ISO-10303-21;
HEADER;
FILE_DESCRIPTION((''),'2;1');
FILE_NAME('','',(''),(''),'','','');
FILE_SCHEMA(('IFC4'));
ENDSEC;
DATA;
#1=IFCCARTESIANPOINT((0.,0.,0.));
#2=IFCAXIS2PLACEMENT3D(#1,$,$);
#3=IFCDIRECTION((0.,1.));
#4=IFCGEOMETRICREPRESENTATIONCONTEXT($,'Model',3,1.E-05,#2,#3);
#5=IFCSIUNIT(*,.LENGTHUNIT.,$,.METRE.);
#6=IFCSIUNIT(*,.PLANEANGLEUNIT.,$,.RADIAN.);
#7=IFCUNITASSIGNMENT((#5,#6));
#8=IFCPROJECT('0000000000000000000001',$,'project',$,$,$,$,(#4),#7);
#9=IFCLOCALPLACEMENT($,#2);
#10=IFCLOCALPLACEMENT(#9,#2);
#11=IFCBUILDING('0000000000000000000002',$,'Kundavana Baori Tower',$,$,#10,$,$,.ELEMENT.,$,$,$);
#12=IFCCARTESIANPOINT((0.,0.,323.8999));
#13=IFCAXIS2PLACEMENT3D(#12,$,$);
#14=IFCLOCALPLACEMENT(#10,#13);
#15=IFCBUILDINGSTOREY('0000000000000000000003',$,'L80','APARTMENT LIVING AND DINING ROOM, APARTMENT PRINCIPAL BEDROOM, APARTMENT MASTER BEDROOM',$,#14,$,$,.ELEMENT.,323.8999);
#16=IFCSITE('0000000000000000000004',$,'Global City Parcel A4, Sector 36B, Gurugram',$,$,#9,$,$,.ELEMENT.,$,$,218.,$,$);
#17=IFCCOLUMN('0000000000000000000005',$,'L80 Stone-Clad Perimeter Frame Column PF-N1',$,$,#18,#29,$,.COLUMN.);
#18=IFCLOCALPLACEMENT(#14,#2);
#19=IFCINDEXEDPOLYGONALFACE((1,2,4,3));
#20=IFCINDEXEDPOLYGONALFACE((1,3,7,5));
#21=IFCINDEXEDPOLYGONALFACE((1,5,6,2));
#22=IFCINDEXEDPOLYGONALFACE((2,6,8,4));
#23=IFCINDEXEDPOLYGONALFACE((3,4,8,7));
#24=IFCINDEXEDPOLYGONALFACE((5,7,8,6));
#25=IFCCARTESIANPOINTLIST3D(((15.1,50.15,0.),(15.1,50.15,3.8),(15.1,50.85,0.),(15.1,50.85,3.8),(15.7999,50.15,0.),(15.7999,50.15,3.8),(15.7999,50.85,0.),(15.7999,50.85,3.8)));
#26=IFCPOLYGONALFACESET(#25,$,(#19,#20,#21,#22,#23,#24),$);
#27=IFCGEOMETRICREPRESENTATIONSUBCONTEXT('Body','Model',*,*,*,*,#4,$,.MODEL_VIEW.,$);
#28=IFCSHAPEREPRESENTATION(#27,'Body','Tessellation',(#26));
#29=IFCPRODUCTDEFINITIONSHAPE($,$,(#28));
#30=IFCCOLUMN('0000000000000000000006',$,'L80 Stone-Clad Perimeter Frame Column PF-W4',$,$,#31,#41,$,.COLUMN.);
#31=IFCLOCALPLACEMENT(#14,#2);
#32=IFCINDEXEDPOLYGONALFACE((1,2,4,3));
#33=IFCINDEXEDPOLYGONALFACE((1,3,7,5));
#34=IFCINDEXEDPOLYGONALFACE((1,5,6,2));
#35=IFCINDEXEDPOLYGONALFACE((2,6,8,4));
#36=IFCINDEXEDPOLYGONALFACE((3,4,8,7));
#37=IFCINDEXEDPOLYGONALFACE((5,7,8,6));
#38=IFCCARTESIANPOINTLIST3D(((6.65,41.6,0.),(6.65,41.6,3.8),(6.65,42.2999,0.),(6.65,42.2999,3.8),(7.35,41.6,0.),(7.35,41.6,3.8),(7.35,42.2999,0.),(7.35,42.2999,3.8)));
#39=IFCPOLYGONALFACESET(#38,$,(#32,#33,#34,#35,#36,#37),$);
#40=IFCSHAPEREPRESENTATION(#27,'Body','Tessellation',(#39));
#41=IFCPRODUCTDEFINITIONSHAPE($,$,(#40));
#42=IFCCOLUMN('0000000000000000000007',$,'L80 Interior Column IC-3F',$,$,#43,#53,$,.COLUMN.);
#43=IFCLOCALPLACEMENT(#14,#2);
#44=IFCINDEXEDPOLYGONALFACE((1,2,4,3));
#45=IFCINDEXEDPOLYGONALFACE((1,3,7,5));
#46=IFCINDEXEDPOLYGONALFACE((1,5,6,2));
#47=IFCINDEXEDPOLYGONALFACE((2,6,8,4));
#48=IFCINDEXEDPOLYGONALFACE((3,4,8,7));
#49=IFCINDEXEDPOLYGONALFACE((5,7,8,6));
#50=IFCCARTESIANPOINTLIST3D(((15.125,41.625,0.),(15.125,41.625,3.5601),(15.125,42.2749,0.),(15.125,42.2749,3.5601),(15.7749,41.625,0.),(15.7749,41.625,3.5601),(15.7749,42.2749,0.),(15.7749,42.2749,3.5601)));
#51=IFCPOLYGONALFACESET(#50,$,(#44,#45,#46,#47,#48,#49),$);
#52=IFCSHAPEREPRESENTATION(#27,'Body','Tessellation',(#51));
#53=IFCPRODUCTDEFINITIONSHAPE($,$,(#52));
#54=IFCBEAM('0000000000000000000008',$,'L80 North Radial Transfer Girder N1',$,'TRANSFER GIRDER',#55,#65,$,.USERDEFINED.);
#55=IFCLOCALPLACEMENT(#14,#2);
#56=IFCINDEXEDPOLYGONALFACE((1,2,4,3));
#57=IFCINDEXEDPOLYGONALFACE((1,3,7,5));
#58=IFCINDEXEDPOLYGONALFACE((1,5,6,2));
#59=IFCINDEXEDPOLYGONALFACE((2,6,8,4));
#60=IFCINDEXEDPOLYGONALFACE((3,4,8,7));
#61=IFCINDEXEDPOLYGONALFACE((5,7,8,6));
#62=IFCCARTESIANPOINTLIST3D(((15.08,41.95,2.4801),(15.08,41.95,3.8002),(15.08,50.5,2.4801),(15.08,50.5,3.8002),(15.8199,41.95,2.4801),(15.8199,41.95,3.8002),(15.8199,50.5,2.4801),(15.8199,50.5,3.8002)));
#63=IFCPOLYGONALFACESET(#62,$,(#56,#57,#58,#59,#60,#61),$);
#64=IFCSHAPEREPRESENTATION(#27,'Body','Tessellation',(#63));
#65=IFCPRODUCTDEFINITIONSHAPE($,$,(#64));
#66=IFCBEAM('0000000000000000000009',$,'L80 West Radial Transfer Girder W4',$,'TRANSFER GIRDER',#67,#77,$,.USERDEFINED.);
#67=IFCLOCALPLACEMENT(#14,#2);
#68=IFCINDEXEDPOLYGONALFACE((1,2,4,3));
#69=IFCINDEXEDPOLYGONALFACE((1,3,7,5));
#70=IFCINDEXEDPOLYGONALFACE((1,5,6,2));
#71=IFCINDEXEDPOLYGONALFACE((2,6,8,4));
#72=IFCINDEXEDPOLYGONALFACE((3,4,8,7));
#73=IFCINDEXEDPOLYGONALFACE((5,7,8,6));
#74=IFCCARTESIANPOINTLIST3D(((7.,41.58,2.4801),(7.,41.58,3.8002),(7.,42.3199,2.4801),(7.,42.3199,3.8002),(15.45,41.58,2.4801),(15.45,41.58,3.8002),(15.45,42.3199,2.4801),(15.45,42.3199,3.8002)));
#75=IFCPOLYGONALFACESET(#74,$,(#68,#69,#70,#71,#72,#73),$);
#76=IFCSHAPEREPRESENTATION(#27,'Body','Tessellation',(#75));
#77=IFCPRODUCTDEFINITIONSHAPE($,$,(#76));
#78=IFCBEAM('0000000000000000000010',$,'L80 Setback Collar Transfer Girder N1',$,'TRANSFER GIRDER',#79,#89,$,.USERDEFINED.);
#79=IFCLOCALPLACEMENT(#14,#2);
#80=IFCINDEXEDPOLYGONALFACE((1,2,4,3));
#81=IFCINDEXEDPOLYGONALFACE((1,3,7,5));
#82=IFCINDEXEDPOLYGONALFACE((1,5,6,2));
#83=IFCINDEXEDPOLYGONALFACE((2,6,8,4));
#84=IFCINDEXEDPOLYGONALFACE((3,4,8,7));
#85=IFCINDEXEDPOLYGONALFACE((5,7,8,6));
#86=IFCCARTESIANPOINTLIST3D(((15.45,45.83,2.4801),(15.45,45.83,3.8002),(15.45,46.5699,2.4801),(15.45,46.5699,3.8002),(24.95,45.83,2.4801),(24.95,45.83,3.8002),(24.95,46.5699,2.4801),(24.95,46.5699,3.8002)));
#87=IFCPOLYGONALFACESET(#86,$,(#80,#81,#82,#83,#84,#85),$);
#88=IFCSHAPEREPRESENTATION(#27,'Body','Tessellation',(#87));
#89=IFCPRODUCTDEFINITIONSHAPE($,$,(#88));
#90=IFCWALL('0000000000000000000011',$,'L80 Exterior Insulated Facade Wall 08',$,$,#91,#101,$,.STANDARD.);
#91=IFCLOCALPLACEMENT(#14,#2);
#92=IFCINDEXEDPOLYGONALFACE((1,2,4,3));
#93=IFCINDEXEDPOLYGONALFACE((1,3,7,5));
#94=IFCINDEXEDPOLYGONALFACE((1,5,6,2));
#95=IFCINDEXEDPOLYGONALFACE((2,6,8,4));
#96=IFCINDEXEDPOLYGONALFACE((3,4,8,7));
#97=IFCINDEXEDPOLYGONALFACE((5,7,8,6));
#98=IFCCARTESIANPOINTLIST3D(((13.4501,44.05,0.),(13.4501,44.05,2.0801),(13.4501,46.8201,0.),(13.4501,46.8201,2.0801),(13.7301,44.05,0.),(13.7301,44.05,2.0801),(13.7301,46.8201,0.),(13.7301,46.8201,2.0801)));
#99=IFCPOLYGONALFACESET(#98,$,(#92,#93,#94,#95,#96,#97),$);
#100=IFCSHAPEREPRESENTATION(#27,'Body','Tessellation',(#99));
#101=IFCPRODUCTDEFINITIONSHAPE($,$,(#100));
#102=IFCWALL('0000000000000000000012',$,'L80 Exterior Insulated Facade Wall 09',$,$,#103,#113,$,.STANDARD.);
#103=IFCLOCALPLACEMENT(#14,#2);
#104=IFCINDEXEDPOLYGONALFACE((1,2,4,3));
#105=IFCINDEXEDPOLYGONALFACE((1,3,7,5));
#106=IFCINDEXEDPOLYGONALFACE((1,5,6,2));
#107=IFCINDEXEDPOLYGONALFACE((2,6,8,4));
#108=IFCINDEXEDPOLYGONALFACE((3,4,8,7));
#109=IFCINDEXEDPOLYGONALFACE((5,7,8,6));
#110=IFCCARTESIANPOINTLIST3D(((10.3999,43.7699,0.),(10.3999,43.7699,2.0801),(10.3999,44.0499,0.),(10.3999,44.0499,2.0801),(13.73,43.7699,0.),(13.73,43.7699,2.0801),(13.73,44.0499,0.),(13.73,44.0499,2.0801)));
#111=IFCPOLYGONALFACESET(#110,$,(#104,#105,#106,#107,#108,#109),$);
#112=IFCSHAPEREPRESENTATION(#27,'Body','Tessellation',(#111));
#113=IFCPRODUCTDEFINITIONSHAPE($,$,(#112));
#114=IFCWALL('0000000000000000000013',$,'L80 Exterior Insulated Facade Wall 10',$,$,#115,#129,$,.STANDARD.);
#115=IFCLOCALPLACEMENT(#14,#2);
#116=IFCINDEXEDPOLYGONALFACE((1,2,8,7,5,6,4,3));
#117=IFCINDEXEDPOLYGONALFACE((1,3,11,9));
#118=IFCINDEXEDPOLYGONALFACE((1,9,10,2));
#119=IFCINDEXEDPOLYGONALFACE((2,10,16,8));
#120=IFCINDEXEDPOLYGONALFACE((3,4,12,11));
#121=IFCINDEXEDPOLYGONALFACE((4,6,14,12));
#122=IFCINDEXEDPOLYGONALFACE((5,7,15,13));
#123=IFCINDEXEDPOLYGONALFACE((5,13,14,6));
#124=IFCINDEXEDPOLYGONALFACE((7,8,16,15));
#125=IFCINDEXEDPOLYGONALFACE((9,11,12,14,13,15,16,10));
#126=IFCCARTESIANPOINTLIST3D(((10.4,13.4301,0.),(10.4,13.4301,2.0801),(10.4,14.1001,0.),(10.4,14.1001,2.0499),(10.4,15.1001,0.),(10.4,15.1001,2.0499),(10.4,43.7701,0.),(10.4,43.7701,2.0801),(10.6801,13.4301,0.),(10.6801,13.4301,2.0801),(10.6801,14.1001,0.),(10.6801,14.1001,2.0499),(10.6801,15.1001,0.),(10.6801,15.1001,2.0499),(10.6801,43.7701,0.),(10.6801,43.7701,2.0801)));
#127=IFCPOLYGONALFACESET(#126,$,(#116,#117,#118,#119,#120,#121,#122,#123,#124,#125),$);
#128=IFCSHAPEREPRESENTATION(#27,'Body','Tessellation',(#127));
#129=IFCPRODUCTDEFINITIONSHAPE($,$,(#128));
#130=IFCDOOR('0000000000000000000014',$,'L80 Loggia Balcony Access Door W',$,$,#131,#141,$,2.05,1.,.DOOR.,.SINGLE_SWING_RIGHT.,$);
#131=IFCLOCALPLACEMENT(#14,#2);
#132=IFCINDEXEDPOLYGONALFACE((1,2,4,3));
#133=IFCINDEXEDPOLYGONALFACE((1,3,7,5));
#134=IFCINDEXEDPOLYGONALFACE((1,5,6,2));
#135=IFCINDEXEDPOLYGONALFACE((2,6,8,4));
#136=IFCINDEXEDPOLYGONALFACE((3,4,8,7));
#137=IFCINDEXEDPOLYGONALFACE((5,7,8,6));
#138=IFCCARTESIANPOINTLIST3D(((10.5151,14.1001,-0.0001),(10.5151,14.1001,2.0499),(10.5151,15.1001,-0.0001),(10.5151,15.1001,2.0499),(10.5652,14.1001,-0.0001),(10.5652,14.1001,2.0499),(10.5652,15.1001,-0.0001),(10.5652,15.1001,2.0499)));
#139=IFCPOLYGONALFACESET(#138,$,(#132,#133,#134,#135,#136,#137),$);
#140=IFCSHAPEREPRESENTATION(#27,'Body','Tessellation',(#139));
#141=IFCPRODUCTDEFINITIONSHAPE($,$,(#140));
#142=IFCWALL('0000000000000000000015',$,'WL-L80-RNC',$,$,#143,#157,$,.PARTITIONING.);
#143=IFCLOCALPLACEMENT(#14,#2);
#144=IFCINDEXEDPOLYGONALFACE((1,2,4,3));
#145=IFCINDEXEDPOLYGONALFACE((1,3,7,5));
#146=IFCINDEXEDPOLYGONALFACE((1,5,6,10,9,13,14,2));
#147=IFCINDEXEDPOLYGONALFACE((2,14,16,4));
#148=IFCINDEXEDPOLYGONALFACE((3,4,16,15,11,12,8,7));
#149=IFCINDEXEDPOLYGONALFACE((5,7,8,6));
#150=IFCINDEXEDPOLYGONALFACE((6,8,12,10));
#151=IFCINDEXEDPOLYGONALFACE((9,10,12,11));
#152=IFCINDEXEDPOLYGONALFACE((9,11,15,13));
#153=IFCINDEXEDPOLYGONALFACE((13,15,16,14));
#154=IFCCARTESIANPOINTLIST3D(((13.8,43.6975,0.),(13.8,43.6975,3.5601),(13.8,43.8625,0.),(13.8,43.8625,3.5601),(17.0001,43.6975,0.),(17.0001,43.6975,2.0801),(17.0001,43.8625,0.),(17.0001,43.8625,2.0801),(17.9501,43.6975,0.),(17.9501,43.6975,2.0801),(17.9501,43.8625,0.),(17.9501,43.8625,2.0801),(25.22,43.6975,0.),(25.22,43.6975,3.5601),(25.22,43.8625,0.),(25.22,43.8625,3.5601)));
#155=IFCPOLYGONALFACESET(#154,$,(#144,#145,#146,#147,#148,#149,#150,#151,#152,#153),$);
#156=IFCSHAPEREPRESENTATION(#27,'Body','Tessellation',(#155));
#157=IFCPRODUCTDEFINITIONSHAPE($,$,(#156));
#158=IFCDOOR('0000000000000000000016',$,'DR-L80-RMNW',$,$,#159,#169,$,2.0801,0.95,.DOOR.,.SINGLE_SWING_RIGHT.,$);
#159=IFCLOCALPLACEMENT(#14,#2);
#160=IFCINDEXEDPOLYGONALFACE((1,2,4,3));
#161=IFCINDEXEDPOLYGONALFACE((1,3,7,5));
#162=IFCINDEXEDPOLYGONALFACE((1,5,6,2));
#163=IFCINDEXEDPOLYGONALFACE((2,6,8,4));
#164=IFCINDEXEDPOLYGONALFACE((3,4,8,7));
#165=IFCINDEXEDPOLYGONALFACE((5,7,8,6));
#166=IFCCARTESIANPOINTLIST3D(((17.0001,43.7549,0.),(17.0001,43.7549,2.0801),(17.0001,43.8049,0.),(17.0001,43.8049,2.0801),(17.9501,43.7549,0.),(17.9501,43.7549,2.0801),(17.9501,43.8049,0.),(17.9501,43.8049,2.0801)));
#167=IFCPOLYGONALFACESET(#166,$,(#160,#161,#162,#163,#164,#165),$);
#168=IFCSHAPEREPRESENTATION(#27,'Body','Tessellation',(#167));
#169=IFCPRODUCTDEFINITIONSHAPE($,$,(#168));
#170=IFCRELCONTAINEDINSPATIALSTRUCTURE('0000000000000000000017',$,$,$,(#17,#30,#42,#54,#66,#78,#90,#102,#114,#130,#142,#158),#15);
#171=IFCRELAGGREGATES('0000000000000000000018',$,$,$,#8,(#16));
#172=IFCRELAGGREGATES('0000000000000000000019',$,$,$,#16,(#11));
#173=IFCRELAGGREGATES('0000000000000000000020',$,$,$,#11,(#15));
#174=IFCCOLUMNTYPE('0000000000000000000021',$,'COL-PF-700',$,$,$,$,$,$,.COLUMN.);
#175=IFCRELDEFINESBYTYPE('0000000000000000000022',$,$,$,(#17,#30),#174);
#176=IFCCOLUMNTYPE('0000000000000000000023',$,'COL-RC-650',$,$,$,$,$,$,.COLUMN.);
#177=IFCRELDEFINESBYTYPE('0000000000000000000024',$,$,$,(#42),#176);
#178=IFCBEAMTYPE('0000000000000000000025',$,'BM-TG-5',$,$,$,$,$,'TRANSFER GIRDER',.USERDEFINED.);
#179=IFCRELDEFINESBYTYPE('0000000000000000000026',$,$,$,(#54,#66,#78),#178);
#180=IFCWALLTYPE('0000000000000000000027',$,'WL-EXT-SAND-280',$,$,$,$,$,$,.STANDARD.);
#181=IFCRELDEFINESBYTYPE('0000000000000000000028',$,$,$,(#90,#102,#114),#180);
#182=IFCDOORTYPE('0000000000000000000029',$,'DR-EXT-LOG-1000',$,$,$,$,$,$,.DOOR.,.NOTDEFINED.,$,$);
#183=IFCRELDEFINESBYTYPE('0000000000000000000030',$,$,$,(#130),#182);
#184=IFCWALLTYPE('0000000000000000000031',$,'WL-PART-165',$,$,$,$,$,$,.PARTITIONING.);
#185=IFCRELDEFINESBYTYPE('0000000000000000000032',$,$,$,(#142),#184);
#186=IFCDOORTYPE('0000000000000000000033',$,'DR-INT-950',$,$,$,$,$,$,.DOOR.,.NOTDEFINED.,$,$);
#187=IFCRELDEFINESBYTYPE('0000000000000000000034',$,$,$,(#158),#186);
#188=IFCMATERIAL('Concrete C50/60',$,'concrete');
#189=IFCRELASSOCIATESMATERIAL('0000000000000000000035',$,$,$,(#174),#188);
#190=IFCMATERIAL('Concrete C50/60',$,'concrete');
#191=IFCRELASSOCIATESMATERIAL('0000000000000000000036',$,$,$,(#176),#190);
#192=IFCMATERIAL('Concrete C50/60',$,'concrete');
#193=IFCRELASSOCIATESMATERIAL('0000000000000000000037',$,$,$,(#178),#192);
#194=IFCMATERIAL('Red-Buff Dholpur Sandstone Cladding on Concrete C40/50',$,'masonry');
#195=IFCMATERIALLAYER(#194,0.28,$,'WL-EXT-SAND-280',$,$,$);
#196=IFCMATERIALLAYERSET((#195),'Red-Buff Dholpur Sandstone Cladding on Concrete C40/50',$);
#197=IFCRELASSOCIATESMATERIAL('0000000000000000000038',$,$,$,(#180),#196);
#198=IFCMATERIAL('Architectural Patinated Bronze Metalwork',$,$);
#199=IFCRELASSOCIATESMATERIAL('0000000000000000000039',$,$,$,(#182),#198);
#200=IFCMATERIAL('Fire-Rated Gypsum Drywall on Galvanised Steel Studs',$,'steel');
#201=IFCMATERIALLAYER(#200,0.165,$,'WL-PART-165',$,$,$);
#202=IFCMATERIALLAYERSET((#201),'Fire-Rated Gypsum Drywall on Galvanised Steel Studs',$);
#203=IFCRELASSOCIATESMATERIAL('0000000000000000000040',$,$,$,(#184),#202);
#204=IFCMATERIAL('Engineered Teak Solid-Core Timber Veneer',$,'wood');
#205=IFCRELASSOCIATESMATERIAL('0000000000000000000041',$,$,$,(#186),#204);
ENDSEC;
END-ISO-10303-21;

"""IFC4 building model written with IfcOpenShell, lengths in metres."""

from ifc_helpers import new_model, si_unit, direction, frame, frame_2d, origin, origin_2d, place, context, subcontext, project, spatial, rectangle, extrude, material, layer, layer_set, material_profile, profile_set, type_object, element, fill, save


model = new_model("IFC4")

# Units and contexts
model_context = context("Model", 3, precision=1e-05, world=origin(), true_north=direction((0.0, 1.0)))
body_context = subcontext(model_context, "Body", "Model", "MODEL_VIEW")
ifc_project = project(units=[si_unit("LENGTHUNIT", "METRE"), si_unit("PLANEANGLEUNIT", "RADIAN")], contexts=[model_context])

# Site, building, storey
site_placement = place(None, origin())
site = spatial("IfcSite", under=ifc_project, at=site_placement, Name="Global City Parcel A4, Sector 36B, Gurugram", CompositionType="ELEMENT", RefElevation=218.0)
building_placement = place(site_placement, origin())
building = spatial("IfcBuilding", under=site, at=building_placement, Name="Kundavana Baori Tower", CompositionType="ELEMENT")
storey_placement = place(building_placement, frame((0.0, 0.0, 323.8999)))
storey = spatial("IfcBuildingStorey", under=building, at=storey_placement, Name="L80", Description="APARTMENT LIVING AND DINING ROOM, APARTMENT PRINCIPAL BEDROOM, APARTMENT MASTER BEDROOM", CompositionType="ELEMENT", Elevation=323.8999)

# Columns
ifc_material_1 = material(Name="Concrete C50/60", Category="concrete")
ifc_material_profile_1 = material_profile(ifc_material_1, rectangle(XDim=0.7, YDim=0.7, at=origin_2d()), Name="RC PF 700x700")
ifc_profile_set_1 = profile_set([ifc_material_profile_1], Name="Concrete C50/60")
column_type_1 = type_object("IfcColumnType", Name="COL-PF-700", PredefinedType="COLUMN", material=ifc_profile_set_1)
for number, where, z_axis, x_axis, name in (
    (1, (15.45, 50.5, 0.0), (0.0, 0.0, 1.0), (1.0, 0.0, 0.0), "L80 Stone-Clad Perimeter Frame Column PF-N1"),
    (2, (7.0, 41.95, 0.0), (0.0, 0.0, 1.0), (1.0, 0.0, 0.0), "L80 Stone-Clad Perimeter Frame Column PF-W4"),
):
    element("IfcColumn", number, at=place(storey_placement, frame(where, z_axis=z_axis, x_axis=x_axis)), inside=storey, type_object=column_type_1, Name=name, PredefinedType="COLUMN", context=body_context, shape_type="SweptSolid", body=[
        extrude(rectangle(XDim=0.7, YDim=0.7, at=origin_2d()), origin(), (0.0, 0.0, 1.0), 3.8),
    ])
ifc_material_2 = material(Name="Concrete C50/60", Category="concrete")
ifc_material_profile_2 = material_profile(ifc_material_2, rectangle(XDim=0.6499, YDim=0.6499, at=origin_2d()), Name="RC 650x650")
ifc_profile_set_2 = profile_set([ifc_material_profile_2], Name="Concrete C50/60")
column_type_2 = type_object("IfcColumnType", Name="COL-RC-650", PredefinedType="COLUMN", material=ifc_profile_set_2)
column_placement = place(storey_placement, frame((15.45, 41.95, 0.0), z_axis=(0.0, 0.0, 1.0), x_axis=(1.0, 0.0, 0.0)))
element("IfcColumn", 3, at=column_placement, inside=storey, type_object=column_type_2, Name="L80 Interior Column IC-3F", PredefinedType="COLUMN", context=body_context, shape_type="SweptSolid", body=[
    extrude(rectangle(XDim=0.6499, YDim=0.6499, at=origin_2d()), origin(), (0.0, 0.0, 1.0), 3.5601),
])

# Beams
ifc_material_3 = material(Name="Concrete C50/60", Category="concrete")
ifc_material_profile_3 = material_profile(ifc_material_3, rectangle(XDim=0.74, YDim=1.3201, at=origin_2d()), Name="BM-TG-5")
ifc_profile_set_3 = profile_set([ifc_material_profile_3], Name="Concrete C50/60")
beam_type = type_object("IfcBeamType", Name="BM-TG-5", ElementType="TRANSFER GIRDER", PredefinedType="USERDEFINED", material=ifc_profile_set_3)
beam_1_placement = place(storey_placement, frame((15.45, 41.95, 3.1401), z_axis=(0.0, 1.0, 0.0), x_axis=(-1.0, 0.0, 0.0)))
element("IfcBeam", 4, at=beam_1_placement, inside=storey, type_object=beam_type, Name="L80 North Radial Transfer Girder N1", ObjectType="TRANSFER GIRDER", PredefinedType="USERDEFINED", context=body_context, shape_type="SweptSolid", body=[
    extrude(rectangle(XDim=0.74, YDim=1.3201, at=origin_2d()), origin(), (0.0, 0.0, 1.0), 8.55),
])
beam_2_placement = place(storey_placement, frame((15.45, 41.95, 3.1401), z_axis=(-1.0, 0.0, 0.0), x_axis=(0.0, -1.0, 0.0)))
element("IfcBeam", 5, at=beam_2_placement, inside=storey, type_object=beam_type, Name="L80 West Radial Transfer Girder W4", ObjectType="TRANSFER GIRDER", PredefinedType="USERDEFINED", context=body_context, shape_type="SweptSolid", body=[
    extrude(rectangle(XDim=0.74, YDim=1.3201, at=origin_2d()), origin(), (0.0, 0.0, 1.0), 8.45),
])
beam_3_placement = place(storey_placement, frame((15.45, 46.2, 3.1401), z_axis=(1.0, 0.0, 0.0), x_axis=(0.0, 1.0, 0.0)))
element("IfcBeam", 6, at=beam_3_placement, inside=storey, type_object=beam_type, Name="L80 Setback Collar Transfer Girder N1", ObjectType="TRANSFER GIRDER", PredefinedType="USERDEFINED", context=body_context, shape_type="SweptSolid", body=[
    extrude(rectangle(XDim=0.74, YDim=1.3201, at=origin_2d()), origin(), (0.0, 0.0, 1.0), 9.5),
])

# Walls
ifc_material_4 = material(Name="Red-Buff Dholpur Sandstone Cladding on Concrete C40/50", Category="masonry")
ifc_layer_1 = layer(ifc_material_4, 0.28, Name="WL-EXT-SAND-280")
ifc_layer_set_1 = layer_set([ifc_layer_1], Name="Red-Buff Dholpur Sandstone Cladding on Concrete C40/50")
wall_type_1 = type_object("IfcWallType", Name="WL-EXT-SAND-280", PredefinedType="STANDARD", material=ifc_layer_set_1)
wall_1_placement = place(storey_placement, frame((13.5901, 46.8201, 0.0), z_axis=(0.0, 0.0, 1.0), x_axis=(0.0, -1.0, 0.0)))
element("IfcWall", 7, at=wall_1_placement, inside=storey, type_object=wall_type_1, Name="L80 Exterior Insulated Facade Wall 08", PredefinedType="STANDARD", context=body_context, shape_type="SweptSolid", body=[
    extrude(rectangle(XDim=2.77, YDim=0.28, at=frame_2d((1.385, 0.0))), origin(), (0.0, 0.0, 1.0), 2.0801),
])
wall_2_placement = place(storey_placement, frame((13.73, 43.9099, 0.0), z_axis=(0.0, 0.0, 1.0), x_axis=(-1.0, 0.0, 0.0)))
element("IfcWall", 8, at=wall_2_placement, inside=storey, type_object=wall_type_1, Name="L80 Exterior Insulated Facade Wall 09", PredefinedType="STANDARD", context=body_context, shape_type="SweptSolid", body=[
    extrude(rectangle(XDim=3.3301, YDim=0.28, at=frame_2d((1.665, 0.0))), origin(), (0.0, 0.0, 1.0), 2.0801),
])

# Walls, openings, doors
wall_3_placement = place(storey_placement, frame((10.54, 43.77, 0.0), z_axis=(0.0, 0.0, 1.0), x_axis=(0.0, -1.0, 0.0)))
wall_3 = element("IfcWall", 9, at=wall_3_placement, inside=storey, type_object=wall_type_1, Name="L80 Exterior Insulated Facade Wall 10", PredefinedType="STANDARD", context=body_context, shape_type="SweptSolid", body=[
    extrude(rectangle(XDim=30.3401, YDim=0.28, at=frame_2d((15.1699, 0.0))), origin(), (0.0, 0.0, 1.0), 2.0801),
])
opening_1_placement = place(wall_3_placement, frame((28.6699, 0.0, 0.0)))
opening_1 = element("IfcOpeningElement", 10, at=opening_1_placement, cuts=wall_3, PredefinedType="OPENING", context=body_context, shape_type="SweptSolid", body=[
    extrude(rectangle(XDim=1.0, YDim=2.05, at=frame_2d((0.5, 1.0249))), frame((0.0, 0.1499, 0.0), z_axis=(0.0, -1.0, 0.0), x_axis=(1.0, 0.0, 0.0)), (0.0, 0.0, 1.0), 0.3),
])
ifc_material_5 = material(Name="Architectural Patinated Bronze Metalwork")
door_type_1 = type_object("IfcDoorType", Name="DR-EXT-LOG-1000", OperationType="NOTDEFINED", PredefinedType="DOOR", material=ifc_material_5)
door_1_placement = place(opening_1_placement, frame((1.0, 0.0, 0.0), z_axis=(0.0, 0.0, 1.0), x_axis=(-1.0, 0.0, 0.0)))
door_1 = element("IfcDoor", 11, at=door_1_placement, inside=storey, type_object=door_type_1, Name="L80 Loggia Balcony Access Door W", OperationType="SINGLE_SWING_RIGHT", OverallHeight=2.05, OverallWidth=1.0, PredefinedType="DOOR", context=body_context, shape_type="SweptSolid", body=[
    extrude(rectangle(XDim=1.0, YDim=2.05, at=frame_2d((0.5, 1.0249))), frame((0.0, 0.0249, 0.0), z_axis=(0.0, -1.0, 0.0), x_axis=(1.0, 0.0, 0.0)), (0.0, 0.0, 1.0), 0.05),
])
fill(opening_1, door_1)
ifc_material_6 = material(Name="Fire-Rated Gypsum Drywall on Galvanised Steel Studs", Category="steel")
ifc_layer_2 = layer(ifc_material_6, 0.165, Name="WL-PART-165")
ifc_layer_set_2 = layer_set([ifc_layer_2], Name="Fire-Rated Gypsum Drywall on Galvanised Steel Studs")
wall_type_2 = type_object("IfcWallType", Name="WL-PART-165", PredefinedType="PARTITIONING", material=ifc_layer_set_2)
wall_4_placement = place(storey_placement, frame((13.8, 43.78, 0.0), z_axis=(0.0, 0.0, 1.0), x_axis=(1.0, 0.0, 0.0)))
wall_4 = element("IfcWall", 12, at=wall_4_placement, inside=storey, type_object=wall_type_2, Name="WL-L80-RNC", PredefinedType="PARTITIONING", context=body_context, shape_type="SweptSolid", body=[
    extrude(rectangle(XDim=11.4199, YDim=0.165, at=frame_2d((5.71, 0.0))), origin(), (0.0, 0.0, 1.0), 3.5601),
])
opening_2_placement = place(wall_4_placement, frame((3.2, 0.0, 0.0)))
opening_2 = element("IfcOpeningElement", 13, at=opening_2_placement, cuts=wall_4, PredefinedType="OPENING", context=body_context, shape_type="SweptSolid", body=[
    extrude(rectangle(XDim=0.95, YDim=2.0801, at=frame_2d((0.4751, 1.04))), frame((0.0, 0.0925, 0.0), z_axis=(0.0, -1.0, 0.0), x_axis=(1.0, 0.0, 0.0)), (0.0, 0.0, 1.0), 0.1851),
])
ifc_material_7 = material(Name="Engineered Teak Solid-Core Timber Veneer", Category="wood")
door_type_2 = type_object("IfcDoorType", Name="DR-INT-950", OperationType="NOTDEFINED", PredefinedType="DOOR", material=ifc_material_7)
door_2_placement = place(opening_2_placement, origin())
door_2 = element("IfcDoor", 14, at=door_2_placement, inside=storey, type_object=door_type_2, Name="DR-L80-RMNW", OperationType="SINGLE_SWING_RIGHT", OverallHeight=2.0801, OverallWidth=0.95, PredefinedType="DOOR", context=body_context, shape_type="SweptSolid", body=[
    extrude(rectangle(XDim=0.95, YDim=2.0801, at=frame_2d((0.4751, 1.04))), frame((0.0, 0.0249, 0.0), z_axis=(0.0, -1.0, 0.0), x_axis=(1.0, 0.0, 0.0)), (0.0, 0.0, 1.0), 0.05),
])
fill(opening_2, door_2)

save(model, "model.ifc")
